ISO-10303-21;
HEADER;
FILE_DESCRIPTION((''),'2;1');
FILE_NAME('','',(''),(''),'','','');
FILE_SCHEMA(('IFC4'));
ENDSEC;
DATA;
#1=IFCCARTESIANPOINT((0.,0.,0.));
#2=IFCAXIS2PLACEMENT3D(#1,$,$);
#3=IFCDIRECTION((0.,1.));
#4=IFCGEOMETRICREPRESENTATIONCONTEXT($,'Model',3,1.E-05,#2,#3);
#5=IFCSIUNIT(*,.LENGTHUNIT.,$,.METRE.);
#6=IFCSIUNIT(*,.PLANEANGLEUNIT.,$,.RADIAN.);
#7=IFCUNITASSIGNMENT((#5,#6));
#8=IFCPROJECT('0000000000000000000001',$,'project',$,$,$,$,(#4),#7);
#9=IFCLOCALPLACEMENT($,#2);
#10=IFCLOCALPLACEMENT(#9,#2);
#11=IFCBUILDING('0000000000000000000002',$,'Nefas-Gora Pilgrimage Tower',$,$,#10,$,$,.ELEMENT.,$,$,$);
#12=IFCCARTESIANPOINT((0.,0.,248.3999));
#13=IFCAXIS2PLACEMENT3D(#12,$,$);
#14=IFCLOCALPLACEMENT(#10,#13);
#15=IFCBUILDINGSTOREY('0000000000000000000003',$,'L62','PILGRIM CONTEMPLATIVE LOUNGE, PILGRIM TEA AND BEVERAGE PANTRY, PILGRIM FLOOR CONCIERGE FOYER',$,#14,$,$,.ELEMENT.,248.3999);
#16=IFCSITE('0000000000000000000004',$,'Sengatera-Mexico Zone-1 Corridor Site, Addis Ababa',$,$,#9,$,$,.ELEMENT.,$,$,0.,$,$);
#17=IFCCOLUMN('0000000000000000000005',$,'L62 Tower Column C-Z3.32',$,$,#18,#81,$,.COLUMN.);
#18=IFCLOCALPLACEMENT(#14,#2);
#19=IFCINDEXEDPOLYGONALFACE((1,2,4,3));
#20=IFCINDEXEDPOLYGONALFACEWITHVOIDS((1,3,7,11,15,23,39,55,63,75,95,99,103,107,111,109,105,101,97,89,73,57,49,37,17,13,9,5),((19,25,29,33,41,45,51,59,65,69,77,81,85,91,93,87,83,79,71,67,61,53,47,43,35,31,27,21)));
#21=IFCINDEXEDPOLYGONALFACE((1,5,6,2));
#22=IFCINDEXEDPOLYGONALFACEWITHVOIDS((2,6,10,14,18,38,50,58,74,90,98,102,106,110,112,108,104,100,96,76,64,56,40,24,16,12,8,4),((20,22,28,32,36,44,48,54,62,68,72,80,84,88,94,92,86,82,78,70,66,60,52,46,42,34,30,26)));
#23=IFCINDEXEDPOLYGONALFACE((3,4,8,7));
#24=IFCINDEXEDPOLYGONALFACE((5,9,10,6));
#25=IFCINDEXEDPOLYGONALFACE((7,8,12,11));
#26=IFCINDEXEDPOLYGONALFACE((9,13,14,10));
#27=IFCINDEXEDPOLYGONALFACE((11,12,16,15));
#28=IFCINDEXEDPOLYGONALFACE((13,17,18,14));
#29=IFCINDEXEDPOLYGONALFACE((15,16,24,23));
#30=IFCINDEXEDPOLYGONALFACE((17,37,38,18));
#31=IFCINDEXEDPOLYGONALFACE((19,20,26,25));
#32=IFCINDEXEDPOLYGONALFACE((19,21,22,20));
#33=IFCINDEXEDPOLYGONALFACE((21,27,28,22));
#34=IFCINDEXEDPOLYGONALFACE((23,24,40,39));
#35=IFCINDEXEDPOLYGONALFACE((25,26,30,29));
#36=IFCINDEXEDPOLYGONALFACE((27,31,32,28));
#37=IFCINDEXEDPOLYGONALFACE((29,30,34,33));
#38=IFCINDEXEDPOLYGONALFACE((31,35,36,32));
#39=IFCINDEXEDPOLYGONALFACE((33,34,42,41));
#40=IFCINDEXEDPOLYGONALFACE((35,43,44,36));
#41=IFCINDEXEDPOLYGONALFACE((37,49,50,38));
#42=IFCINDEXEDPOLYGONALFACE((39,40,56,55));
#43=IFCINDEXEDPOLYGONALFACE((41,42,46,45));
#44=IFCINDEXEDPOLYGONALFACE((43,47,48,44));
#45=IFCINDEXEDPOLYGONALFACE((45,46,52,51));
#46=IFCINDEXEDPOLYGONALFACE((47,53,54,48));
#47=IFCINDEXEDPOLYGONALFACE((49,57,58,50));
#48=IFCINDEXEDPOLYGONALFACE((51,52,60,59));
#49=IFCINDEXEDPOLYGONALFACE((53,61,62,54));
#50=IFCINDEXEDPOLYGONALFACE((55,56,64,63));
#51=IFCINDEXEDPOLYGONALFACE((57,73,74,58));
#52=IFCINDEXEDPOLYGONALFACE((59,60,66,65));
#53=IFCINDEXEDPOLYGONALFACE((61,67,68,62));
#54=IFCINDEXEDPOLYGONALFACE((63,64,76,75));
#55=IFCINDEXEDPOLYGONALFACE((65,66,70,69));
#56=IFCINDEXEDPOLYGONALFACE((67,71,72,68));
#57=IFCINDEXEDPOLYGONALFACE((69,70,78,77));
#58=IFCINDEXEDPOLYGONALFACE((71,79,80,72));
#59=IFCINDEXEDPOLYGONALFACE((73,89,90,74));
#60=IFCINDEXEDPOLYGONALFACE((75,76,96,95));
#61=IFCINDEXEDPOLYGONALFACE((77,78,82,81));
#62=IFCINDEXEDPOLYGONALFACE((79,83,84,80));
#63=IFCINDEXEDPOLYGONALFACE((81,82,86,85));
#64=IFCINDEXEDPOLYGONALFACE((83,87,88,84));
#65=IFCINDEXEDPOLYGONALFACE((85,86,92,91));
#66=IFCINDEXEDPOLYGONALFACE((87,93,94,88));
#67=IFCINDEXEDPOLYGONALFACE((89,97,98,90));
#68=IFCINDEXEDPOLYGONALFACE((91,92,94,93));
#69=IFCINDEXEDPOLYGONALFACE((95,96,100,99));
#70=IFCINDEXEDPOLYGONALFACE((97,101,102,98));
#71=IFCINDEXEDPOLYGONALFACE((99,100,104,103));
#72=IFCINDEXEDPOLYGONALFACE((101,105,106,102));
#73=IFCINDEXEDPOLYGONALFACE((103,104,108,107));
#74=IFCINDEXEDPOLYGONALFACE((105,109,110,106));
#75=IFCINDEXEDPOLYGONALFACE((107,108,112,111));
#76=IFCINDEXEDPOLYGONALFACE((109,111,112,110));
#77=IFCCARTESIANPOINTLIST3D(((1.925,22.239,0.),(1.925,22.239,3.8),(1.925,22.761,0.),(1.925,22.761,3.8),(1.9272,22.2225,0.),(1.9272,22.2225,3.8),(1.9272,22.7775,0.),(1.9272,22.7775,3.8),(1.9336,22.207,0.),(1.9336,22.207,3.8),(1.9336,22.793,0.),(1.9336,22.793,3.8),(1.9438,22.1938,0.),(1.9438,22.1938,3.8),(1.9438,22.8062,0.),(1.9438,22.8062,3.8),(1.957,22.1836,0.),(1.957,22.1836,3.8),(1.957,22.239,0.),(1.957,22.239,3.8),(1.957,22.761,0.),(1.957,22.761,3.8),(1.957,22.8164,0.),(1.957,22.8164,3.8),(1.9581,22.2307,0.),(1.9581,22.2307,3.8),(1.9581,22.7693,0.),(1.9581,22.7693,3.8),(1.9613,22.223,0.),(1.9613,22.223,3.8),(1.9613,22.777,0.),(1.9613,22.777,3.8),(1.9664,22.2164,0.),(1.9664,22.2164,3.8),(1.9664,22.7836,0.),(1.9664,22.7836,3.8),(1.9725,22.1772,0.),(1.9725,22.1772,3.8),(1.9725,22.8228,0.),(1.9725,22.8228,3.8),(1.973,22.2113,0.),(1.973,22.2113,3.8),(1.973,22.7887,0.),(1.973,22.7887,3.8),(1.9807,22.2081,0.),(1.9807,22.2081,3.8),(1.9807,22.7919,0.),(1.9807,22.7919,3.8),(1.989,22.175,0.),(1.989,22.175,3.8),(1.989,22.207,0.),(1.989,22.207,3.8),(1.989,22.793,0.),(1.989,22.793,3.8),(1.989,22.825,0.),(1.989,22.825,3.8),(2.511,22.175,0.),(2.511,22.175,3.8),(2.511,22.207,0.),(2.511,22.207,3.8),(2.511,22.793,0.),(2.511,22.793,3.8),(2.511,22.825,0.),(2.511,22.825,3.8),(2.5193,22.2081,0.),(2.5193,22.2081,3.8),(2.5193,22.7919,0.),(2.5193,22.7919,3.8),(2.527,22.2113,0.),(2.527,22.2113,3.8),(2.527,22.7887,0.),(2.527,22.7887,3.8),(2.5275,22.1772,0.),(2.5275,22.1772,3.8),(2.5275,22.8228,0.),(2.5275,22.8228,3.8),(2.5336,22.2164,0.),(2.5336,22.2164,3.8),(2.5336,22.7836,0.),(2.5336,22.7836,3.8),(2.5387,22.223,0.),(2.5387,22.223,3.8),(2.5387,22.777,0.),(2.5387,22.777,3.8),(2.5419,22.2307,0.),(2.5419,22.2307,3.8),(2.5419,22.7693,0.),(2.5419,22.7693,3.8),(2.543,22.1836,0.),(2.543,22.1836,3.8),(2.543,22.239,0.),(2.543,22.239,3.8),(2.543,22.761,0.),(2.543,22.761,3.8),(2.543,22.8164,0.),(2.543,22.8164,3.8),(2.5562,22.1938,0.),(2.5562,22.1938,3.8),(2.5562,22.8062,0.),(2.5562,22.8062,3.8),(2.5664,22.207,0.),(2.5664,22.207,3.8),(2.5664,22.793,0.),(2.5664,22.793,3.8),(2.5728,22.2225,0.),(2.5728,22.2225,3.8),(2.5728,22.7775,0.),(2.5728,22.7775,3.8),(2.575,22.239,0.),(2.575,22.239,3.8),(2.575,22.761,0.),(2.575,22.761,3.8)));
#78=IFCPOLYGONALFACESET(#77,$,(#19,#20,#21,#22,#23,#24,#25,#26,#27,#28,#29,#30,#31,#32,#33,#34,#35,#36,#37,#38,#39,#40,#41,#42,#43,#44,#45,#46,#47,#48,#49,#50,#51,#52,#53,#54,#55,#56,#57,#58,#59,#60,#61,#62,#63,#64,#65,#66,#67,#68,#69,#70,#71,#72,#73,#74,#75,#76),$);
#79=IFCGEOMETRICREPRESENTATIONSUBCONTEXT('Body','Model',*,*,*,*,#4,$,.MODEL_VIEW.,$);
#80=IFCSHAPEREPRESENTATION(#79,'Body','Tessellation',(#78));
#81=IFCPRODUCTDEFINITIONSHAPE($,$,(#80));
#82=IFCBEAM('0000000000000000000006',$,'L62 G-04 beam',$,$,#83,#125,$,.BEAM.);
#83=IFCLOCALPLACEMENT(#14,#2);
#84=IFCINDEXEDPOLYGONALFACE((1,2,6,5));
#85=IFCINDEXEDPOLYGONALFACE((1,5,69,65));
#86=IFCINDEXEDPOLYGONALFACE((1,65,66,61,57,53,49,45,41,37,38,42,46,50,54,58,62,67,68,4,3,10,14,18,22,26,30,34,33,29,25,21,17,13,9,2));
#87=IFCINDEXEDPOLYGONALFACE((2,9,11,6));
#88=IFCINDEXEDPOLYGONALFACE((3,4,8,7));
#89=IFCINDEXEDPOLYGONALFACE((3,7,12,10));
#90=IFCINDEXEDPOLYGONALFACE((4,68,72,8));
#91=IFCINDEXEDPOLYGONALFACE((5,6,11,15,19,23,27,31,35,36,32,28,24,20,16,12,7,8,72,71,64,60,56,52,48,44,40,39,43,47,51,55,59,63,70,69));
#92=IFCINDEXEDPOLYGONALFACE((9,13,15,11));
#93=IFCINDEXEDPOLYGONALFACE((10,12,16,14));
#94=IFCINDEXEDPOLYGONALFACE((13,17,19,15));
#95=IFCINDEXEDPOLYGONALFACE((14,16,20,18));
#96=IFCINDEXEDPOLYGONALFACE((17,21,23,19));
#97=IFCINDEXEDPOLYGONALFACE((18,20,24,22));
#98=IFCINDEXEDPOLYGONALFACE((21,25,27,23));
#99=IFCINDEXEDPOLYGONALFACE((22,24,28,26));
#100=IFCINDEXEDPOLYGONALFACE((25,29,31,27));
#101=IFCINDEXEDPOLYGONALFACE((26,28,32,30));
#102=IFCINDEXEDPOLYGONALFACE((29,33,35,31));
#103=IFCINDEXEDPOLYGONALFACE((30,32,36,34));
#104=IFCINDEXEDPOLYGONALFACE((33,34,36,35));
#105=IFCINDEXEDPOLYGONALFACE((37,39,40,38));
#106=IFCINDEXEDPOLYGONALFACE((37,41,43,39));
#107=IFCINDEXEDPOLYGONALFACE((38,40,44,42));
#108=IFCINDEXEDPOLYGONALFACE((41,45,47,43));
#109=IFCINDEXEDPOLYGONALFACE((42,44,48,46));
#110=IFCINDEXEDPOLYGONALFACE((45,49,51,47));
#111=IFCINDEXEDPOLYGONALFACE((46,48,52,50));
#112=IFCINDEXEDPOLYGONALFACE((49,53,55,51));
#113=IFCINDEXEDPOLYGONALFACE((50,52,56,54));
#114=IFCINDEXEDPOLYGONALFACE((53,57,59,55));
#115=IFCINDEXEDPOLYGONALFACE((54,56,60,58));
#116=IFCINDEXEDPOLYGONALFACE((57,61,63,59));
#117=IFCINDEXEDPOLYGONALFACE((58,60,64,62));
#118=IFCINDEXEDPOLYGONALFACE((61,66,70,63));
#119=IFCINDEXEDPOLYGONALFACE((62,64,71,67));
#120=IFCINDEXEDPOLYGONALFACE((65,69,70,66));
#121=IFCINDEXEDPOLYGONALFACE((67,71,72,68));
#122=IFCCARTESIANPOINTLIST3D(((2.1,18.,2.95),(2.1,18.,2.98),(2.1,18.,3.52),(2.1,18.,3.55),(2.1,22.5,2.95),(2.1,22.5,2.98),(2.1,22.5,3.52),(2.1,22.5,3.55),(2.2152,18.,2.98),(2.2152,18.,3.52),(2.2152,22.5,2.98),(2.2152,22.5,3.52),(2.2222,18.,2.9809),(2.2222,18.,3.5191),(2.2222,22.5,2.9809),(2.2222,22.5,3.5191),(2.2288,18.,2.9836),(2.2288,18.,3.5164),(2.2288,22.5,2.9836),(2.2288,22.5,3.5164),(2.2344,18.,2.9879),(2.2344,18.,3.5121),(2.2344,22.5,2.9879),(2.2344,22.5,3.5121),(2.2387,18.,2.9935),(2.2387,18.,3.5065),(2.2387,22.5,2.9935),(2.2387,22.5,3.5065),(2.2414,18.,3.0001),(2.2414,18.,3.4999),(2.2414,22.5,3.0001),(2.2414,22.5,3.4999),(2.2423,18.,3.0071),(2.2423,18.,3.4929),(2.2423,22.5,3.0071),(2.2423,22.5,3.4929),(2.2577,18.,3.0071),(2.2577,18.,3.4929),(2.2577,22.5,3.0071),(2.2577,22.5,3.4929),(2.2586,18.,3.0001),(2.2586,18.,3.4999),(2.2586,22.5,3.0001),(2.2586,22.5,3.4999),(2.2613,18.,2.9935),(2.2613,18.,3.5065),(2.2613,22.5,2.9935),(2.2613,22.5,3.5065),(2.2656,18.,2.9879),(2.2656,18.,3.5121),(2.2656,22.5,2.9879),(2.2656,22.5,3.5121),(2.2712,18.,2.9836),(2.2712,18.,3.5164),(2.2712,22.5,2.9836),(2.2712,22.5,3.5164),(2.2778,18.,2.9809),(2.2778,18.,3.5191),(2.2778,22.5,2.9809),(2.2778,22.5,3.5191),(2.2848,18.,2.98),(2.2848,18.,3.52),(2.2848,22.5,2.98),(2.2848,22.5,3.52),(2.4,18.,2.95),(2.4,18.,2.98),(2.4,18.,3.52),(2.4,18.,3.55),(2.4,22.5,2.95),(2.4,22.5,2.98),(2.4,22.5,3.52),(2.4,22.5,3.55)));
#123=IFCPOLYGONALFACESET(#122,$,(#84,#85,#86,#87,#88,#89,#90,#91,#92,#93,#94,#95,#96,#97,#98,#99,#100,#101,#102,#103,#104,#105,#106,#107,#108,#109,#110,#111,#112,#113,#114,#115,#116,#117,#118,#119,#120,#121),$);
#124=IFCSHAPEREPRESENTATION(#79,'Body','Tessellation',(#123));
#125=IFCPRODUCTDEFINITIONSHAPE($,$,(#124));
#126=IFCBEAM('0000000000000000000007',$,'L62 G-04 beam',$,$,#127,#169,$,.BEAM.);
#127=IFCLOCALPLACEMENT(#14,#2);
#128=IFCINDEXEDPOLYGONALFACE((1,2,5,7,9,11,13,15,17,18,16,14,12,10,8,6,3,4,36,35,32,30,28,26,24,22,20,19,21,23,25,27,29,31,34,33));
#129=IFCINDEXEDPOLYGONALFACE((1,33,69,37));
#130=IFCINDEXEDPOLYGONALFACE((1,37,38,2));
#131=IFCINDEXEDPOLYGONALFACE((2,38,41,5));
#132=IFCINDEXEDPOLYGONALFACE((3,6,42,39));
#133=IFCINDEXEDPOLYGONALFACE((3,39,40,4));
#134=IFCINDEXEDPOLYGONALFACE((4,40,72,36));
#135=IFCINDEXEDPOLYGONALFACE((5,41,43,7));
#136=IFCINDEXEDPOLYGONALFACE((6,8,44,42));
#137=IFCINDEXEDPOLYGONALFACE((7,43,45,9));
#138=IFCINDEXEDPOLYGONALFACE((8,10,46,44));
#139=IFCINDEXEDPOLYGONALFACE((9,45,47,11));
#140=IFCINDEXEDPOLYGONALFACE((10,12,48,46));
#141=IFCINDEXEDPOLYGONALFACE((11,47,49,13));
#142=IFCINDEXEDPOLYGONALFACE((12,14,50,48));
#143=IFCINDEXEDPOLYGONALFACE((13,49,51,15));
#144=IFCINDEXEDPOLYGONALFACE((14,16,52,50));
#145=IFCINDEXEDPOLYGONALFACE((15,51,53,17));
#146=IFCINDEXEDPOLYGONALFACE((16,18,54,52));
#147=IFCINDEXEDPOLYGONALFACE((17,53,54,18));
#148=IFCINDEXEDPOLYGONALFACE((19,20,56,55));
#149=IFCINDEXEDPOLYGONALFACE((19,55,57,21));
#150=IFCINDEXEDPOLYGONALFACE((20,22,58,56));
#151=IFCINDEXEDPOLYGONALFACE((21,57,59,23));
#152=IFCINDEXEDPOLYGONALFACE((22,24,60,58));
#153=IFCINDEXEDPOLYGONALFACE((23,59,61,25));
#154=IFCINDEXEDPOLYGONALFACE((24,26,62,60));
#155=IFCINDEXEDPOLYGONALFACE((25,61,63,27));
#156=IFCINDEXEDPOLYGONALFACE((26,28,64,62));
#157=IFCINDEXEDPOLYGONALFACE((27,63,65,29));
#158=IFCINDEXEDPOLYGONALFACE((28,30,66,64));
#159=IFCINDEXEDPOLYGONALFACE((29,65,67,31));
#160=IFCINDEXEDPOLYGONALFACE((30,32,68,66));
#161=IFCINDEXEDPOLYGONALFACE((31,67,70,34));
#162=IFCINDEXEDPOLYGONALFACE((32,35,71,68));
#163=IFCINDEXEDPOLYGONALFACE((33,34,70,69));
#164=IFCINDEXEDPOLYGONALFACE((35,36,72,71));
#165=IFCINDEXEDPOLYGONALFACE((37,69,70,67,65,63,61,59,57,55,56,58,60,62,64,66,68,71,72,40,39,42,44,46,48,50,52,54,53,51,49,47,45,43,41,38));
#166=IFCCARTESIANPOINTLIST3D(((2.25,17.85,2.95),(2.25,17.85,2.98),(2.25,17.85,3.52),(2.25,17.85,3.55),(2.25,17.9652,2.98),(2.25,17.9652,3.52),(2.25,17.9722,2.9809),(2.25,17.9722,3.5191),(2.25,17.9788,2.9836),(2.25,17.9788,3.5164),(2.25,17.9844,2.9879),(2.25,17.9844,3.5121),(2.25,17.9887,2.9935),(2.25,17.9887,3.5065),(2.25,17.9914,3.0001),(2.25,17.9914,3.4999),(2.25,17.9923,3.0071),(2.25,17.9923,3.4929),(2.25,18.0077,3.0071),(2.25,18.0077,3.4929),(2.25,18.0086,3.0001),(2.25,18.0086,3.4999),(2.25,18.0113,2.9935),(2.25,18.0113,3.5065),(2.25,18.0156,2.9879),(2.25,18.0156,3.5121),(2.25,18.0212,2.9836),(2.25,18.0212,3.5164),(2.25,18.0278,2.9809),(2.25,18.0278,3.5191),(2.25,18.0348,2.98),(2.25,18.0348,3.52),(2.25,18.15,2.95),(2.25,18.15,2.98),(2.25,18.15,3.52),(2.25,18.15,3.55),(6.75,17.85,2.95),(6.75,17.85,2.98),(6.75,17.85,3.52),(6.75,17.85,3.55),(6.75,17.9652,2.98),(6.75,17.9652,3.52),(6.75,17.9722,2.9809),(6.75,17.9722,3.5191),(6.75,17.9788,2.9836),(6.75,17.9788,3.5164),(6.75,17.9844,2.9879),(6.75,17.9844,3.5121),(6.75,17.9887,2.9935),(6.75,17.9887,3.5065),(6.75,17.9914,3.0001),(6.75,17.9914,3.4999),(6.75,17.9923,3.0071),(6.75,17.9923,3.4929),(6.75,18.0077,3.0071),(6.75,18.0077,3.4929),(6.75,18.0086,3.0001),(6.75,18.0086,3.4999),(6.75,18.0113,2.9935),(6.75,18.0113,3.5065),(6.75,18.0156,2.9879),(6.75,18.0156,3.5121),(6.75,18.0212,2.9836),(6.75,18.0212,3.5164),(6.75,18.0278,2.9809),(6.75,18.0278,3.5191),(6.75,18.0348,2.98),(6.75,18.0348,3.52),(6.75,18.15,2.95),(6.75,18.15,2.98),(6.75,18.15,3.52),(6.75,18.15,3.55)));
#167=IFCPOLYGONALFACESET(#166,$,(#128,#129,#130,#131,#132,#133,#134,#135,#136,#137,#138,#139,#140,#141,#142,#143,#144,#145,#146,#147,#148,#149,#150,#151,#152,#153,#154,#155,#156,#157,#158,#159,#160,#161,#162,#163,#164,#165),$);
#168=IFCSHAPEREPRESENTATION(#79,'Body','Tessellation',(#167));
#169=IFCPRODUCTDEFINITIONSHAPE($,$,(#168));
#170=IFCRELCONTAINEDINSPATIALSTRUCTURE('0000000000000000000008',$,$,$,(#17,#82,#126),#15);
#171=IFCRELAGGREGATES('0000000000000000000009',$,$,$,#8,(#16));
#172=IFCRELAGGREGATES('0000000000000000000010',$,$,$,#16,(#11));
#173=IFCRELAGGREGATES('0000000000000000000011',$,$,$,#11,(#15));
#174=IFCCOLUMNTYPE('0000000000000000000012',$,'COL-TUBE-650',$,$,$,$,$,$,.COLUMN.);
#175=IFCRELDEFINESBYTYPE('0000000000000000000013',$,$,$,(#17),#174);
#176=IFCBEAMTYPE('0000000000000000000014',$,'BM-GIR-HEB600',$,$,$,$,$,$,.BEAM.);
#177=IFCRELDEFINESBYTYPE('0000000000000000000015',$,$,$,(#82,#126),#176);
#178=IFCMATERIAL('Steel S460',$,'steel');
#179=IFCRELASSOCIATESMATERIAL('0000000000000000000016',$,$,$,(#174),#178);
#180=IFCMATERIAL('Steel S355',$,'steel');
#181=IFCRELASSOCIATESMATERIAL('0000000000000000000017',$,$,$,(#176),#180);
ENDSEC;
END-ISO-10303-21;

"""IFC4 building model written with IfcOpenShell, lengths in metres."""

from ifc_helpers import new_model, si_unit, direction, frame, origin, origin_2d, place, context, subcontext, project, spatial, hollow_rectangle, i_section, extrude, source, transform, mapped, material, material_profile, profile_set, type_object, element, save


model = new_model("IFC4")

# Units and contexts
model_context = context("Model", 3, precision=1e-05, world=origin(), true_north=direction((0.0, 1.0)))
body_context = subcontext(model_context, "Body", "Model", "MODEL_VIEW")
ifc_project = project(units=[si_unit("LENGTHUNIT", "METRE"), si_unit("PLANEANGLEUNIT", "RADIAN")], contexts=[model_context])

# Site, building, storey
site_placement = place(None, origin())
site = spatial("IfcSite", under=ifc_project, at=site_placement, Name="Sengatera-Mexico Zone-1 Corridor Site, Addis Ababa", CompositionType="ELEMENT", RefElevation=0.0)
building_placement = place(site_placement, origin())
building = spatial("IfcBuilding", under=site, at=building_placement, Name="Nefas-Gora Pilgrimage Tower", CompositionType="ELEMENT")
storey_placement = place(building_placement, frame((0.0, 0.0, 248.3999)))
storey = spatial("IfcBuildingStorey", under=building, at=storey_placement, Name="L62", Description="PILGRIM CONTEMPLATIVE LOUNGE, PILGRIM TEA AND BEVERAGE PANTRY, PILGRIM FLOOR CONCIERGE FOYER", CompositionType="ELEMENT", Elevation=248.3999)

# Column
ifc_material_1 = material(Name="Steel S460", Category="steel")
ifc_material_profile_1 = material_profile(ifc_material_1, hollow_rectangle(XDim=0.6499, YDim=0.6499, WallThickness=0.032, InnerFilletRadius=0.032, OuterFilletRadius=0.064, at=origin_2d()), Name="BOX 650x650x32")
ifc_profile_set_1 = profile_set([ifc_material_profile_1], Name="Steel S460")
column_type_1 = type_object("IfcColumnType", Name="COL-TUBE-650", PredefinedType="COLUMN", material=ifc_profile_set_1)
shared_shape_1 = source(origin(), body_context, "Body", "SweptSolid", [
    extrude(hollow_rectangle(XDim=0.6499, YDim=0.6499, WallThickness=0.032, InnerFilletRadius=0.032, OuterFilletRadius=0.064, at=origin_2d()), origin(), (0.0, 0.0, 1.0), 3.8),
])
column_placement = place(storey_placement, frame((2.25, 22.5, 0.0), z_axis=(0.0, 0.0, 1.0), x_axis=(1.0, 0.0, 0.0)))
element("IfcColumn", 1, at=column_placement, inside=storey, type_object=column_type_1, Name="L62 Tower Column C-Z3.32", PredefinedType="COLUMN", context=body_context, shape_type="MappedRepresentation", body=[
    mapped(shared_shape_1, transform((0.0, 0.0, 0.0), x_axis=(1.0, 0.0, 0.0), y_axis=(0.0, 1.0, 0.0), z_axis=(0.0, 0.0, 1.0), scale=1.0)),
])

# Beams
ifc_material_2 = material(Name="Steel S355", Category="steel")
ifc_material_profile_2 = material_profile(ifc_material_2, i_section(OverallWidth=0.3, OverallDepth=0.6001, WebThickness=0.0154, FlangeThickness=0.03, FilletRadius=0.0271, at=origin_2d()), Name="HEB 600")
ifc_profile_set_2 = profile_set([ifc_material_profile_2], Name="Steel S355")
beam_type = type_object("IfcBeamType", Name="BM-GIR-HEB600", PredefinedType="BEAM", material=ifc_profile_set_2)
shared_shape_2 = source(origin(), body_context, "Body", "SweptSolid", [
    extrude(i_section(OverallWidth=0.3, OverallDepth=0.6001, WebThickness=0.0154, FlangeThickness=0.03, FilletRadius=0.0271, at=origin_2d()), origin(), (0.0, 0.0, 1.0), 4.5),
])
for number, where, z_axis, x_axis, name in (
    (2, (2.25, 18.0, 3.25), (0.0, 1.0, 0.0), (-1.0, 0.0, 0.0), "L62 G-04 beam"),
    (3, (2.25, 18.0, 3.25), (1.0, 0.0, 0.0), (0.0, 1.0, 0.0), "L62 G-04 beam"),
):
    element("IfcBeam", number, at=place(storey_placement, frame(where, z_axis=z_axis, x_axis=x_axis)), inside=storey, type_object=beam_type, Name=name, PredefinedType="BEAM", context=body_context, shape_type="MappedRepresentation", body=[
        mapped(shared_shape_2, transform((0.0, 0.0, 0.0), x_axis=(1.0, 0.0, 0.0), y_axis=(0.0, 1.0, 0.0), z_axis=(0.0, 0.0, 1.0), scale=1.0)),
    ])

save(model, "model.ifc")
